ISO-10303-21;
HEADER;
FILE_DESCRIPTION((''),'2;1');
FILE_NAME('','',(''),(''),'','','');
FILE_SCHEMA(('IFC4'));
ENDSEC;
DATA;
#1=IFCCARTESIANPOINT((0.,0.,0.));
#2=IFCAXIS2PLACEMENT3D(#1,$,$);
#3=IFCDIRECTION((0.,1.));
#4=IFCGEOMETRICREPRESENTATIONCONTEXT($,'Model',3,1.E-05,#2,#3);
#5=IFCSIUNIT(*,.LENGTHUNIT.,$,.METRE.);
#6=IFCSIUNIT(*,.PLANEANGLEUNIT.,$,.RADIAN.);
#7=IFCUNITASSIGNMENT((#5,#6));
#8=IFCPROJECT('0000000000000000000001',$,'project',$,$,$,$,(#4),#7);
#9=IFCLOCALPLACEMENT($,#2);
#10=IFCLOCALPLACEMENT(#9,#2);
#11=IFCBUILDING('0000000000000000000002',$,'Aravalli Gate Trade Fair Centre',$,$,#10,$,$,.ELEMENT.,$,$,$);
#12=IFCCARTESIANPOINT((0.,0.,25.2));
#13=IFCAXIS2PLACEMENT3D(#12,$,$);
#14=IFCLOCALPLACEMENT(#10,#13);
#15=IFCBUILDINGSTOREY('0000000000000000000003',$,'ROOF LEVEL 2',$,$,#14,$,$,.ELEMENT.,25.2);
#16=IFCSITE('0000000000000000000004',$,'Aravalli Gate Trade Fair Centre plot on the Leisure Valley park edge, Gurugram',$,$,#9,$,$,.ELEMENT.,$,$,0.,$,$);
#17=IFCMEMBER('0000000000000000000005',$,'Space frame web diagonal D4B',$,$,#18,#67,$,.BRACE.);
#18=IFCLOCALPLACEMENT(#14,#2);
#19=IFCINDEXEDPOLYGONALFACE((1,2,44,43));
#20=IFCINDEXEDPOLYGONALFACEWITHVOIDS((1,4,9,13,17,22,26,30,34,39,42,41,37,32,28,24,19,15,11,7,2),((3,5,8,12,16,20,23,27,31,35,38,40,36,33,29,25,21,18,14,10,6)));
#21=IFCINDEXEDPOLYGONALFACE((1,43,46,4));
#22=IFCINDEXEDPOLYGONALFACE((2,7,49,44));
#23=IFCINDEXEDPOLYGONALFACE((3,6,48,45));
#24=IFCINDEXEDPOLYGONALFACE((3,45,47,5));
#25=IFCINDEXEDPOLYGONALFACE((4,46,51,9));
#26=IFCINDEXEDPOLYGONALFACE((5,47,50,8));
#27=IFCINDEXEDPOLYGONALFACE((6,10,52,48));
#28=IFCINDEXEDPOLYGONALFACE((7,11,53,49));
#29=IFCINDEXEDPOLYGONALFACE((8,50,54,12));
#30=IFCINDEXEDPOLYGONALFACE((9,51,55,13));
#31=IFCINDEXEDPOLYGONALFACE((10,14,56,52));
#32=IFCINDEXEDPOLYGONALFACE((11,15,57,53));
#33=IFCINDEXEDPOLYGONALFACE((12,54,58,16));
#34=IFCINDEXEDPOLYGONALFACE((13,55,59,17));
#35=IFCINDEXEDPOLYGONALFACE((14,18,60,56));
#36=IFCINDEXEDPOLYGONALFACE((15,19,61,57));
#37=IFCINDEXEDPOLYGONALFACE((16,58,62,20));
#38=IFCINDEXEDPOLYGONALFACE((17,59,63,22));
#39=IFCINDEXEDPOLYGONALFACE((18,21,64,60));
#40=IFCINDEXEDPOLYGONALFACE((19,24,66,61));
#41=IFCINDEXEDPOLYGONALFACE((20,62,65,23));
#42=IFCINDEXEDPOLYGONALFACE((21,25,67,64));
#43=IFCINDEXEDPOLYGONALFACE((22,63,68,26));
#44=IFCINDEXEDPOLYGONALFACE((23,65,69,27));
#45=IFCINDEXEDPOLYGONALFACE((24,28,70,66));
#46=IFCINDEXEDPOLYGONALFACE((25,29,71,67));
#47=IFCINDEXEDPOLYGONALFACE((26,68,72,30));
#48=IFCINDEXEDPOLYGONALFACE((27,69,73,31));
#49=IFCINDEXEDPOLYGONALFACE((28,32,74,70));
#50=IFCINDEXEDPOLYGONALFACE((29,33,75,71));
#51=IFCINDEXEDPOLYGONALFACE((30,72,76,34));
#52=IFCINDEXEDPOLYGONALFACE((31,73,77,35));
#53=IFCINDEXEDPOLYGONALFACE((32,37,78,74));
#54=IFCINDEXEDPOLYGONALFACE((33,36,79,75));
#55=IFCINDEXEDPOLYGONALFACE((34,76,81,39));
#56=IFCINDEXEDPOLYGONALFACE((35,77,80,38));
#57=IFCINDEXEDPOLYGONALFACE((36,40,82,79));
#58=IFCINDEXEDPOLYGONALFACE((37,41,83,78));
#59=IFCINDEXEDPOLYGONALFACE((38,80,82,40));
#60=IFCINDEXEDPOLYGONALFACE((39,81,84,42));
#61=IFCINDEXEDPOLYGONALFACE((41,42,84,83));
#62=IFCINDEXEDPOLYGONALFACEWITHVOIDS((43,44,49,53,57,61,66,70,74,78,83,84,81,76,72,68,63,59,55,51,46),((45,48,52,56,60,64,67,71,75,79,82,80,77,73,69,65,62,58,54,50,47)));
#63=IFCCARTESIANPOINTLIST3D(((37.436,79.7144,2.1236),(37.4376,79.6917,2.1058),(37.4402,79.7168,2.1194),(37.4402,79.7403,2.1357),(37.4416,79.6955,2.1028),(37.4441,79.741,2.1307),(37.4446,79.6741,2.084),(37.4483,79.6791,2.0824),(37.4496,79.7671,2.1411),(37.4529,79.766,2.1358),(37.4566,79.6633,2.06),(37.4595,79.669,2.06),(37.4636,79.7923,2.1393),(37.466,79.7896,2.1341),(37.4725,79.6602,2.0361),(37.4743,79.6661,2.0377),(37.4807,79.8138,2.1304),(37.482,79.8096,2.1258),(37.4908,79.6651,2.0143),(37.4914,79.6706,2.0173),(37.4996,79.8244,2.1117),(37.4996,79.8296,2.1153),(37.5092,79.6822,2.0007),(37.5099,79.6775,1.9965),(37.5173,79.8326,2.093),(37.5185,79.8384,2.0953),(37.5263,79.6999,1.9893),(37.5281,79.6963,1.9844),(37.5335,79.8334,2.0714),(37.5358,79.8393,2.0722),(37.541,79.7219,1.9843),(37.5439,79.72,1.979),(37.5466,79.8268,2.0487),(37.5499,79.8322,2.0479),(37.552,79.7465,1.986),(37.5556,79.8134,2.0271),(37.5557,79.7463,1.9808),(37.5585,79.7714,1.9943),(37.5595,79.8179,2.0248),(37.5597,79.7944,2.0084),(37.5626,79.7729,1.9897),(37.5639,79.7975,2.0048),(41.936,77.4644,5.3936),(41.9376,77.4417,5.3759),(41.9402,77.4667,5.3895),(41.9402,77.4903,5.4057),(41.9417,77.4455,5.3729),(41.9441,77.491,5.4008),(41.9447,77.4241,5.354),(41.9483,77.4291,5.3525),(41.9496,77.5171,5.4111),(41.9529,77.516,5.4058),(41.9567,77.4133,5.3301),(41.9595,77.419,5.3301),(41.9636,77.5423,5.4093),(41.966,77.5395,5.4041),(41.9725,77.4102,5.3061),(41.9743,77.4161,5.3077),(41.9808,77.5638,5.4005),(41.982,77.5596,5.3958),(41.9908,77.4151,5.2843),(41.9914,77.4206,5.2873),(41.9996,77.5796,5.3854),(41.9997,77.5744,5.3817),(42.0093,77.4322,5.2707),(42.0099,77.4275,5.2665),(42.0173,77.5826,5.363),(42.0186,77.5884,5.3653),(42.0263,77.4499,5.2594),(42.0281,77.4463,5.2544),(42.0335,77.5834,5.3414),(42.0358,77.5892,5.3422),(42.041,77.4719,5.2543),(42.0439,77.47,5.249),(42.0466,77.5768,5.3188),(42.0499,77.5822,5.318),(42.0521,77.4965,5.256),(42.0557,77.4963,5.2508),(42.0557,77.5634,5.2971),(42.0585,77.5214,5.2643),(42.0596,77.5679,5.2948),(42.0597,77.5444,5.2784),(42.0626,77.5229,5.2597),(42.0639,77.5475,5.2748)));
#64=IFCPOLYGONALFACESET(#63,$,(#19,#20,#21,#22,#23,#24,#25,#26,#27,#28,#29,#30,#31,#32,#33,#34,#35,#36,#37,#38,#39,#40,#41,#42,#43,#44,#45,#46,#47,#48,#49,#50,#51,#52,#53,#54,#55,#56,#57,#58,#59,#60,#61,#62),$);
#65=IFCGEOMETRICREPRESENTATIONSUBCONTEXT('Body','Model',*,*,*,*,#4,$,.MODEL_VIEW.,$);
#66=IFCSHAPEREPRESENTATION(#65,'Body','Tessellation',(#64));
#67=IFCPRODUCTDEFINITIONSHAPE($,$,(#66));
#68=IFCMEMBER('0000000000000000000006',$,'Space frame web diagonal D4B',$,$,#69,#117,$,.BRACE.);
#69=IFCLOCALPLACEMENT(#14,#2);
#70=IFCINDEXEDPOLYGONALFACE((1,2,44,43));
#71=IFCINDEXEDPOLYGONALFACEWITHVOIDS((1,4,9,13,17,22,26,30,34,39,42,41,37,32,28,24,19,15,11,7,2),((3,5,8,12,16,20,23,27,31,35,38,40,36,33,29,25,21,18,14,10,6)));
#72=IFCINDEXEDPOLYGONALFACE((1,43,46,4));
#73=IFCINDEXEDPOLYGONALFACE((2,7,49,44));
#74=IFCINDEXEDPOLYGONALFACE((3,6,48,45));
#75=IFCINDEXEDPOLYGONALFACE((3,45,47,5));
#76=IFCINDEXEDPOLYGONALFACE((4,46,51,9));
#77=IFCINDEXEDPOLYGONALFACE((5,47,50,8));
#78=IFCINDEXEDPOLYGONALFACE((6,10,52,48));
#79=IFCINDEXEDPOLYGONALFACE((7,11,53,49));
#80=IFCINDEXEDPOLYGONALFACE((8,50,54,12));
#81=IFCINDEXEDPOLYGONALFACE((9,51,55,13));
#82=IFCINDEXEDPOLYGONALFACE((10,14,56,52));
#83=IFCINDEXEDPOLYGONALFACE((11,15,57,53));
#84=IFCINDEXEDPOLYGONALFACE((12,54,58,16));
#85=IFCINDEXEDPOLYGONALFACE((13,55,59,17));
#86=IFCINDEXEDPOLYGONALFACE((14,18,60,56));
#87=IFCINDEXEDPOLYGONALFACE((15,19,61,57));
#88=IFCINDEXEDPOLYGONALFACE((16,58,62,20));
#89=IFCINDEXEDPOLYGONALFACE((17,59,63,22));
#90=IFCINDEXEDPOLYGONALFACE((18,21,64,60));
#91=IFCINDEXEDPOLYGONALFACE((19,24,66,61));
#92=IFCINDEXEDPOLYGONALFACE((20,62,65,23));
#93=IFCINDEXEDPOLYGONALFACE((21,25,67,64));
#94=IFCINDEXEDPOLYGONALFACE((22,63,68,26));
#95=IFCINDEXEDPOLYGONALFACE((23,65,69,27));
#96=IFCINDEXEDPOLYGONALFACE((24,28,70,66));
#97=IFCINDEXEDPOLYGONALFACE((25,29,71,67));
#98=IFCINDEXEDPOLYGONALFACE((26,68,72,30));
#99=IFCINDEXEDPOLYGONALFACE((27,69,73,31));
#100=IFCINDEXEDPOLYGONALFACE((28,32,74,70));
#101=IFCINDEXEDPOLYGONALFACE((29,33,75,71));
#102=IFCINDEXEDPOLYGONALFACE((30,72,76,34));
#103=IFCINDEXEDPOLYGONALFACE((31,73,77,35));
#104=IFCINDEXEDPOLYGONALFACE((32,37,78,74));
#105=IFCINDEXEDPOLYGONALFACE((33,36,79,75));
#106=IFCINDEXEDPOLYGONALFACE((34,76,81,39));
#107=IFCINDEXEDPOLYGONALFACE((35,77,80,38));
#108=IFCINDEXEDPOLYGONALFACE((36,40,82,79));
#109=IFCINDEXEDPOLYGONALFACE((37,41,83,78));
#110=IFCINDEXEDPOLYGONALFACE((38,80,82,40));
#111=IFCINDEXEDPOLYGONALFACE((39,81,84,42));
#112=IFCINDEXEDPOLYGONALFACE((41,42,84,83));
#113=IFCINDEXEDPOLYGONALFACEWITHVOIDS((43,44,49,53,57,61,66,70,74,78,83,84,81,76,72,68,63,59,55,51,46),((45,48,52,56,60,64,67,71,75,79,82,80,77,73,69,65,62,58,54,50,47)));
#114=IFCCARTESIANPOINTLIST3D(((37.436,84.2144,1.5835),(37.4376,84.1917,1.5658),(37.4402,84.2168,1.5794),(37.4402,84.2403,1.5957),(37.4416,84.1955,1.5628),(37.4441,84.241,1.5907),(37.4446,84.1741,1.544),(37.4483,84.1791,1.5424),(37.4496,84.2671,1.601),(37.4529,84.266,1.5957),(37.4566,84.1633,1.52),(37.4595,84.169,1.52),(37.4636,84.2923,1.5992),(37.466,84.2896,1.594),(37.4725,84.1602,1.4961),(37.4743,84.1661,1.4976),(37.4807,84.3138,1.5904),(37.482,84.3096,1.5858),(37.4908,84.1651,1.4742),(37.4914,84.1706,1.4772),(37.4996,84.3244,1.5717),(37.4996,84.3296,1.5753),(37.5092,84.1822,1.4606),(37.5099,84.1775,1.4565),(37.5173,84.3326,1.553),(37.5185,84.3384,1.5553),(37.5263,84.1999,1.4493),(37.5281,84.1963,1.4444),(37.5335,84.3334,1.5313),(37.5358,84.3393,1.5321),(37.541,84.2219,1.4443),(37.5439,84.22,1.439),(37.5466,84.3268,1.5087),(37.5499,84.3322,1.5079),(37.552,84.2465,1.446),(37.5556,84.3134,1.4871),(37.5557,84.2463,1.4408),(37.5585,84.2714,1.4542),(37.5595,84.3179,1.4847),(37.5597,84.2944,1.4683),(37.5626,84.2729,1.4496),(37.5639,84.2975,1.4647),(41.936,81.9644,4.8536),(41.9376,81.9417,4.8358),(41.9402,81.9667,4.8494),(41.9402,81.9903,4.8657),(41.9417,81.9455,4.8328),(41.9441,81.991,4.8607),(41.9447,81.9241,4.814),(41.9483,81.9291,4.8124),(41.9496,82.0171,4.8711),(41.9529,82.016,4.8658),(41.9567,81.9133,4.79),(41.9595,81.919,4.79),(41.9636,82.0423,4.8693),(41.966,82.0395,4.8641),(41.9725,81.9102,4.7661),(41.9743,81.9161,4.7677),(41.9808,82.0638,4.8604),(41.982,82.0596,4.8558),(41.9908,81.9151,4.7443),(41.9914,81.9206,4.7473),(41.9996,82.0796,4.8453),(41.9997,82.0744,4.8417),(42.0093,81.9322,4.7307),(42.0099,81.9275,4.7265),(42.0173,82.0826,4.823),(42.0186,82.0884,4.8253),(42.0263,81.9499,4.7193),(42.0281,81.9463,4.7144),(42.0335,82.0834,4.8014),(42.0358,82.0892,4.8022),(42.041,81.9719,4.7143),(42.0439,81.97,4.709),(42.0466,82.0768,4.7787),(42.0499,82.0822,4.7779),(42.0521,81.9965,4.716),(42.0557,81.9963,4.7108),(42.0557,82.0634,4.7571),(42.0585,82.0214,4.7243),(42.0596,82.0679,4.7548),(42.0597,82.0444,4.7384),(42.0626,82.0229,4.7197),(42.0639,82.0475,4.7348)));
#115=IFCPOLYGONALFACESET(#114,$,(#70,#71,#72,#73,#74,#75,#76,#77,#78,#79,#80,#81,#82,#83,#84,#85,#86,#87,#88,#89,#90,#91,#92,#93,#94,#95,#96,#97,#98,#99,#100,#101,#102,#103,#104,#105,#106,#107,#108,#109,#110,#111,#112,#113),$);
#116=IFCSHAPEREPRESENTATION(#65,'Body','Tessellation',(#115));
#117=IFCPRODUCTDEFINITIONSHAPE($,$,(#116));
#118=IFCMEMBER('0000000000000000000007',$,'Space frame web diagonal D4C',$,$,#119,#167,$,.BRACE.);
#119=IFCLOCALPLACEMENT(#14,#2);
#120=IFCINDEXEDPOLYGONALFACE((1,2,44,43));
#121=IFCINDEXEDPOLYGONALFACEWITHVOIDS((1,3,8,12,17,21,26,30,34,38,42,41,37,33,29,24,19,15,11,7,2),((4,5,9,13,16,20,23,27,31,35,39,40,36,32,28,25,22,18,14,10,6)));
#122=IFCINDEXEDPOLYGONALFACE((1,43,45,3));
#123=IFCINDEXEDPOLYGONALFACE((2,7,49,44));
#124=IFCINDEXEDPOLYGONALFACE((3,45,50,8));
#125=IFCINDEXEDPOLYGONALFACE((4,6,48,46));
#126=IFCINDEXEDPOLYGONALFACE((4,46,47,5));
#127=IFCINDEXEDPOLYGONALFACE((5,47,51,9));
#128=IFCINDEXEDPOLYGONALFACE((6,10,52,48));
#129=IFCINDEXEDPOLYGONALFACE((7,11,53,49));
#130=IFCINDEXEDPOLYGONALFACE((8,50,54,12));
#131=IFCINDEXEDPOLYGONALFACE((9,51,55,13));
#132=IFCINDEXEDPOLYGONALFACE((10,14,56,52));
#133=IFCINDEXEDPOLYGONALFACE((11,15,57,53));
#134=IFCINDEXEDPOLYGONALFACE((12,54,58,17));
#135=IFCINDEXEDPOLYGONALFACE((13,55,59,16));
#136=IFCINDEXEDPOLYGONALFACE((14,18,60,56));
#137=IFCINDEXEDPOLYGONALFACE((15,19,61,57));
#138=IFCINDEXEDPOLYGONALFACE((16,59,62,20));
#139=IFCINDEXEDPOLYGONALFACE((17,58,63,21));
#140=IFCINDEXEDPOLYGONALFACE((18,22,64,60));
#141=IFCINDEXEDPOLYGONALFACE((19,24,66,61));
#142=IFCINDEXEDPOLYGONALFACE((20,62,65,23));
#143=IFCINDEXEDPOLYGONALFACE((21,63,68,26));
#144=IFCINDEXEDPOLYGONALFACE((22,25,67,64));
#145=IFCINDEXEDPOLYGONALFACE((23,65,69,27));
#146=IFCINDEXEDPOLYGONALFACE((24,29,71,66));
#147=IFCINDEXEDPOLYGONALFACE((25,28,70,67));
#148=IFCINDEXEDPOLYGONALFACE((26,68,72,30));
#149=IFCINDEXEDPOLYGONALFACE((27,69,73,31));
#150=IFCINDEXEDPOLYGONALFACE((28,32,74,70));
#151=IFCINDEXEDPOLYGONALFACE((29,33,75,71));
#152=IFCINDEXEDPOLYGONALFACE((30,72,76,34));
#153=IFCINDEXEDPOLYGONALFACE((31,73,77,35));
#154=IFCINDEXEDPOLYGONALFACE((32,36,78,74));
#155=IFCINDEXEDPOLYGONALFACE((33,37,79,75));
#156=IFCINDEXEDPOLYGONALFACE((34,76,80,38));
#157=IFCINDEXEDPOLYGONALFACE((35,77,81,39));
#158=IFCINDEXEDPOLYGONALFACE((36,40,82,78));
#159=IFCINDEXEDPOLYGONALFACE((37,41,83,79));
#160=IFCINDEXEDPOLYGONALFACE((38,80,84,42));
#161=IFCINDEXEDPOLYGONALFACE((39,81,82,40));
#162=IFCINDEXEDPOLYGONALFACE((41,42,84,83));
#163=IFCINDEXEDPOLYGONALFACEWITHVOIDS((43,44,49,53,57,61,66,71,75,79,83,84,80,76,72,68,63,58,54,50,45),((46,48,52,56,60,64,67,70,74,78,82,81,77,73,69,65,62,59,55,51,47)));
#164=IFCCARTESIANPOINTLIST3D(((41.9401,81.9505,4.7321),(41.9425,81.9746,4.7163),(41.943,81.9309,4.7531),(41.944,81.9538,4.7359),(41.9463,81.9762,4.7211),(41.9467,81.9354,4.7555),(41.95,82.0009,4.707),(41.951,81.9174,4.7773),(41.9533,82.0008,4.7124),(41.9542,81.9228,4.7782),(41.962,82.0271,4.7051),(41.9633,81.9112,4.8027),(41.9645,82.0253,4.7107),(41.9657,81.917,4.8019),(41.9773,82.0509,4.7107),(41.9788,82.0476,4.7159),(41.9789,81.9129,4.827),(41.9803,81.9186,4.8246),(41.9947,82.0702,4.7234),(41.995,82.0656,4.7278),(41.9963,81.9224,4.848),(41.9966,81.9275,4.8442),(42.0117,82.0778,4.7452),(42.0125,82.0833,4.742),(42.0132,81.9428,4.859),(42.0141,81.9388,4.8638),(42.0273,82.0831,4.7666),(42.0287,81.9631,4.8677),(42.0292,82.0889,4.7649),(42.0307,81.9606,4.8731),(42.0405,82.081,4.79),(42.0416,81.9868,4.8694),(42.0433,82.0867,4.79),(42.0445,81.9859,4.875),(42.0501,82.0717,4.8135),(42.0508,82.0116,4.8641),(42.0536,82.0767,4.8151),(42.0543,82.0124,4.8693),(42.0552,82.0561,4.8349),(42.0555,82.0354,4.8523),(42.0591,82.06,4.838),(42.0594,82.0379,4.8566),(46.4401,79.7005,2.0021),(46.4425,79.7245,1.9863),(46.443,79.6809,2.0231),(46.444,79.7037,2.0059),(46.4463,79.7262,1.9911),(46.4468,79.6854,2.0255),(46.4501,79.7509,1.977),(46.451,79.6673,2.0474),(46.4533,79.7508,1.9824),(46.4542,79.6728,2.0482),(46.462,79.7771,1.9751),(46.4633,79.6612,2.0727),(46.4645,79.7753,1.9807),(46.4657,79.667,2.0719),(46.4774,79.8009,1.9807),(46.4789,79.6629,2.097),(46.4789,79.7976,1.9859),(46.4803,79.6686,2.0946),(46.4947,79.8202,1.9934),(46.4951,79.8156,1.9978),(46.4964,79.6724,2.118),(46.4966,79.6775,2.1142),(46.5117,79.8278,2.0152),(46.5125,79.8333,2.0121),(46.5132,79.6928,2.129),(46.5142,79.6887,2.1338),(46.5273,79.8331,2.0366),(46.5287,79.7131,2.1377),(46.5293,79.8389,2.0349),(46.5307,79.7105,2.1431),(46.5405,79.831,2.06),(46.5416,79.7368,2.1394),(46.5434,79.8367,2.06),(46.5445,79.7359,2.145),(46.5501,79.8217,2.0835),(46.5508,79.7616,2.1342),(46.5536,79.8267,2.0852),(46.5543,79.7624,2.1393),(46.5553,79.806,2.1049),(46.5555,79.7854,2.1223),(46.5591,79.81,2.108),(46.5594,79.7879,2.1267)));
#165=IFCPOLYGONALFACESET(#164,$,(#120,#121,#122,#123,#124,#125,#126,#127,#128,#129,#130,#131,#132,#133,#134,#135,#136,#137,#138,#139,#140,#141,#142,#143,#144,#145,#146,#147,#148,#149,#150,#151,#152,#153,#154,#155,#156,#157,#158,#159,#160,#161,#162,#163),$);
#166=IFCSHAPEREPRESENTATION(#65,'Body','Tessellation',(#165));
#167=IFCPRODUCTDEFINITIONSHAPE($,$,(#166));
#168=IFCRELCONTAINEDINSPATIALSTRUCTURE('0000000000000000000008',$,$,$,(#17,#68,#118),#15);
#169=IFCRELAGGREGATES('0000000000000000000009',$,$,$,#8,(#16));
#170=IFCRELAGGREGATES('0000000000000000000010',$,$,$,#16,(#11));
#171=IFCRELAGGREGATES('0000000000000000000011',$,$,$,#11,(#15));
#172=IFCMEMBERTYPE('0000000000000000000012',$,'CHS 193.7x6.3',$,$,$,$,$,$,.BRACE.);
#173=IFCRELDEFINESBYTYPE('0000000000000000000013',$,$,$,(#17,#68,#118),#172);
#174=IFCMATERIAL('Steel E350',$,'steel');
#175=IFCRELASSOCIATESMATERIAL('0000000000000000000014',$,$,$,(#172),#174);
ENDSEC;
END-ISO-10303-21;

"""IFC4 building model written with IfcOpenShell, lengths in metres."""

from ifc_helpers import new_model, si_unit, direction, frame, origin, origin_2d, place, context, subcontext, project, spatial, hollow_circle, extrude, material, material_profile, profile_set, type_object, element, save


model = new_model("IFC4")

# Units and contexts
model_context = context("Model", 3, precision=1e-05, world=origin(), true_north=direction((0.0, 1.0)))
body_context = subcontext(model_context, "Body", "Model", "MODEL_VIEW")
ifc_project = project(units=[si_unit("LENGTHUNIT", "METRE"), si_unit("PLANEANGLEUNIT", "RADIAN")], contexts=[model_context])

# Site, building, storey
site_placement = place(None, origin())
site = spatial("IfcSite", under=ifc_project, at=site_placement, Name="Aravalli Gate Trade Fair Centre plot on the Leisure Valley park edge, Gurugram", CompositionType="ELEMENT", RefElevation=0.0)
building_placement = place(site_placement, origin())
building = spatial("IfcBuilding", under=site, at=building_placement, Name="Aravalli Gate Trade Fair Centre", CompositionType="ELEMENT")
storey_placement = place(building_placement, frame((0.0, 0.0, 25.2)))
storey = spatial("IfcBuildingStorey", under=building, at=storey_placement, Name="ROOF LEVEL 2", CompositionType="ELEMENT", Elevation=25.2)

# Members
ifc_material_1 = material(Name="Steel E350", Category="steel")
ifc_material_profile_1 = material_profile(ifc_material_1, hollow_circle(Radius=0.0969, WallThickness=0.0063, at=origin_2d()), Name="CHS 193.7x6.3")
ifc_profile_set_1 = profile_set([ifc_material_profile_1], Name="Steel E350")
member_type_1 = type_object("IfcMemberType", Name="CHS 193.7x6.3", PredefinedType="BRACE", material=ifc_profile_set_1)
for number, where, z_axis, x_axis, name in (
    (1, (42.0, 77.5, 5.3301), (-0.749942, 0.374971, -0.544961), (-0.447214, -0.894427, 0.0), "Space frame web diagonal D4B"),
    (2, (42.0, 82.0, 4.79), (-0.749942, 0.374971, -0.544961), (-0.447214, -0.894427, 0.0), "Space frame web diagonal D4B"),
):
    element("IfcMember", number, at=place(storey_placement, frame(where, z_axis=z_axis, x_axis=x_axis)), inside=storey, type_object=member_type_1, Name=name, PredefinedType="BRACE", context=body_context, shape_type="SweptSolid", body=[
        extrude(hollow_circle(Radius=0.0969, WallThickness=0.0063, at=origin_2d()), origin(), (0.0, 0.0, 1.0), 6.0005),
    ])
for number, where, z_axis, x_axis, name in (
    (3, (42.0, 82.0, 4.79), (0.78615, -0.393075, -0.476928), (0.447214, 0.894427, 0.0), "Space frame web diagonal D4C"),
):
    element("IfcMember", number, at=place(storey_placement, frame(where, z_axis=z_axis, x_axis=x_axis)), inside=storey, type_object=member_type_1, Name=name, PredefinedType="BRACE", context=body_context, shape_type="SweptSolid", body=[
        extrude(hollow_circle(Radius=0.0969, WallThickness=0.0063, at=origin_2d()), origin(), (0.0, 0.0, 1.0), 5.7241),
    ])

save(model, "model.ifc")
